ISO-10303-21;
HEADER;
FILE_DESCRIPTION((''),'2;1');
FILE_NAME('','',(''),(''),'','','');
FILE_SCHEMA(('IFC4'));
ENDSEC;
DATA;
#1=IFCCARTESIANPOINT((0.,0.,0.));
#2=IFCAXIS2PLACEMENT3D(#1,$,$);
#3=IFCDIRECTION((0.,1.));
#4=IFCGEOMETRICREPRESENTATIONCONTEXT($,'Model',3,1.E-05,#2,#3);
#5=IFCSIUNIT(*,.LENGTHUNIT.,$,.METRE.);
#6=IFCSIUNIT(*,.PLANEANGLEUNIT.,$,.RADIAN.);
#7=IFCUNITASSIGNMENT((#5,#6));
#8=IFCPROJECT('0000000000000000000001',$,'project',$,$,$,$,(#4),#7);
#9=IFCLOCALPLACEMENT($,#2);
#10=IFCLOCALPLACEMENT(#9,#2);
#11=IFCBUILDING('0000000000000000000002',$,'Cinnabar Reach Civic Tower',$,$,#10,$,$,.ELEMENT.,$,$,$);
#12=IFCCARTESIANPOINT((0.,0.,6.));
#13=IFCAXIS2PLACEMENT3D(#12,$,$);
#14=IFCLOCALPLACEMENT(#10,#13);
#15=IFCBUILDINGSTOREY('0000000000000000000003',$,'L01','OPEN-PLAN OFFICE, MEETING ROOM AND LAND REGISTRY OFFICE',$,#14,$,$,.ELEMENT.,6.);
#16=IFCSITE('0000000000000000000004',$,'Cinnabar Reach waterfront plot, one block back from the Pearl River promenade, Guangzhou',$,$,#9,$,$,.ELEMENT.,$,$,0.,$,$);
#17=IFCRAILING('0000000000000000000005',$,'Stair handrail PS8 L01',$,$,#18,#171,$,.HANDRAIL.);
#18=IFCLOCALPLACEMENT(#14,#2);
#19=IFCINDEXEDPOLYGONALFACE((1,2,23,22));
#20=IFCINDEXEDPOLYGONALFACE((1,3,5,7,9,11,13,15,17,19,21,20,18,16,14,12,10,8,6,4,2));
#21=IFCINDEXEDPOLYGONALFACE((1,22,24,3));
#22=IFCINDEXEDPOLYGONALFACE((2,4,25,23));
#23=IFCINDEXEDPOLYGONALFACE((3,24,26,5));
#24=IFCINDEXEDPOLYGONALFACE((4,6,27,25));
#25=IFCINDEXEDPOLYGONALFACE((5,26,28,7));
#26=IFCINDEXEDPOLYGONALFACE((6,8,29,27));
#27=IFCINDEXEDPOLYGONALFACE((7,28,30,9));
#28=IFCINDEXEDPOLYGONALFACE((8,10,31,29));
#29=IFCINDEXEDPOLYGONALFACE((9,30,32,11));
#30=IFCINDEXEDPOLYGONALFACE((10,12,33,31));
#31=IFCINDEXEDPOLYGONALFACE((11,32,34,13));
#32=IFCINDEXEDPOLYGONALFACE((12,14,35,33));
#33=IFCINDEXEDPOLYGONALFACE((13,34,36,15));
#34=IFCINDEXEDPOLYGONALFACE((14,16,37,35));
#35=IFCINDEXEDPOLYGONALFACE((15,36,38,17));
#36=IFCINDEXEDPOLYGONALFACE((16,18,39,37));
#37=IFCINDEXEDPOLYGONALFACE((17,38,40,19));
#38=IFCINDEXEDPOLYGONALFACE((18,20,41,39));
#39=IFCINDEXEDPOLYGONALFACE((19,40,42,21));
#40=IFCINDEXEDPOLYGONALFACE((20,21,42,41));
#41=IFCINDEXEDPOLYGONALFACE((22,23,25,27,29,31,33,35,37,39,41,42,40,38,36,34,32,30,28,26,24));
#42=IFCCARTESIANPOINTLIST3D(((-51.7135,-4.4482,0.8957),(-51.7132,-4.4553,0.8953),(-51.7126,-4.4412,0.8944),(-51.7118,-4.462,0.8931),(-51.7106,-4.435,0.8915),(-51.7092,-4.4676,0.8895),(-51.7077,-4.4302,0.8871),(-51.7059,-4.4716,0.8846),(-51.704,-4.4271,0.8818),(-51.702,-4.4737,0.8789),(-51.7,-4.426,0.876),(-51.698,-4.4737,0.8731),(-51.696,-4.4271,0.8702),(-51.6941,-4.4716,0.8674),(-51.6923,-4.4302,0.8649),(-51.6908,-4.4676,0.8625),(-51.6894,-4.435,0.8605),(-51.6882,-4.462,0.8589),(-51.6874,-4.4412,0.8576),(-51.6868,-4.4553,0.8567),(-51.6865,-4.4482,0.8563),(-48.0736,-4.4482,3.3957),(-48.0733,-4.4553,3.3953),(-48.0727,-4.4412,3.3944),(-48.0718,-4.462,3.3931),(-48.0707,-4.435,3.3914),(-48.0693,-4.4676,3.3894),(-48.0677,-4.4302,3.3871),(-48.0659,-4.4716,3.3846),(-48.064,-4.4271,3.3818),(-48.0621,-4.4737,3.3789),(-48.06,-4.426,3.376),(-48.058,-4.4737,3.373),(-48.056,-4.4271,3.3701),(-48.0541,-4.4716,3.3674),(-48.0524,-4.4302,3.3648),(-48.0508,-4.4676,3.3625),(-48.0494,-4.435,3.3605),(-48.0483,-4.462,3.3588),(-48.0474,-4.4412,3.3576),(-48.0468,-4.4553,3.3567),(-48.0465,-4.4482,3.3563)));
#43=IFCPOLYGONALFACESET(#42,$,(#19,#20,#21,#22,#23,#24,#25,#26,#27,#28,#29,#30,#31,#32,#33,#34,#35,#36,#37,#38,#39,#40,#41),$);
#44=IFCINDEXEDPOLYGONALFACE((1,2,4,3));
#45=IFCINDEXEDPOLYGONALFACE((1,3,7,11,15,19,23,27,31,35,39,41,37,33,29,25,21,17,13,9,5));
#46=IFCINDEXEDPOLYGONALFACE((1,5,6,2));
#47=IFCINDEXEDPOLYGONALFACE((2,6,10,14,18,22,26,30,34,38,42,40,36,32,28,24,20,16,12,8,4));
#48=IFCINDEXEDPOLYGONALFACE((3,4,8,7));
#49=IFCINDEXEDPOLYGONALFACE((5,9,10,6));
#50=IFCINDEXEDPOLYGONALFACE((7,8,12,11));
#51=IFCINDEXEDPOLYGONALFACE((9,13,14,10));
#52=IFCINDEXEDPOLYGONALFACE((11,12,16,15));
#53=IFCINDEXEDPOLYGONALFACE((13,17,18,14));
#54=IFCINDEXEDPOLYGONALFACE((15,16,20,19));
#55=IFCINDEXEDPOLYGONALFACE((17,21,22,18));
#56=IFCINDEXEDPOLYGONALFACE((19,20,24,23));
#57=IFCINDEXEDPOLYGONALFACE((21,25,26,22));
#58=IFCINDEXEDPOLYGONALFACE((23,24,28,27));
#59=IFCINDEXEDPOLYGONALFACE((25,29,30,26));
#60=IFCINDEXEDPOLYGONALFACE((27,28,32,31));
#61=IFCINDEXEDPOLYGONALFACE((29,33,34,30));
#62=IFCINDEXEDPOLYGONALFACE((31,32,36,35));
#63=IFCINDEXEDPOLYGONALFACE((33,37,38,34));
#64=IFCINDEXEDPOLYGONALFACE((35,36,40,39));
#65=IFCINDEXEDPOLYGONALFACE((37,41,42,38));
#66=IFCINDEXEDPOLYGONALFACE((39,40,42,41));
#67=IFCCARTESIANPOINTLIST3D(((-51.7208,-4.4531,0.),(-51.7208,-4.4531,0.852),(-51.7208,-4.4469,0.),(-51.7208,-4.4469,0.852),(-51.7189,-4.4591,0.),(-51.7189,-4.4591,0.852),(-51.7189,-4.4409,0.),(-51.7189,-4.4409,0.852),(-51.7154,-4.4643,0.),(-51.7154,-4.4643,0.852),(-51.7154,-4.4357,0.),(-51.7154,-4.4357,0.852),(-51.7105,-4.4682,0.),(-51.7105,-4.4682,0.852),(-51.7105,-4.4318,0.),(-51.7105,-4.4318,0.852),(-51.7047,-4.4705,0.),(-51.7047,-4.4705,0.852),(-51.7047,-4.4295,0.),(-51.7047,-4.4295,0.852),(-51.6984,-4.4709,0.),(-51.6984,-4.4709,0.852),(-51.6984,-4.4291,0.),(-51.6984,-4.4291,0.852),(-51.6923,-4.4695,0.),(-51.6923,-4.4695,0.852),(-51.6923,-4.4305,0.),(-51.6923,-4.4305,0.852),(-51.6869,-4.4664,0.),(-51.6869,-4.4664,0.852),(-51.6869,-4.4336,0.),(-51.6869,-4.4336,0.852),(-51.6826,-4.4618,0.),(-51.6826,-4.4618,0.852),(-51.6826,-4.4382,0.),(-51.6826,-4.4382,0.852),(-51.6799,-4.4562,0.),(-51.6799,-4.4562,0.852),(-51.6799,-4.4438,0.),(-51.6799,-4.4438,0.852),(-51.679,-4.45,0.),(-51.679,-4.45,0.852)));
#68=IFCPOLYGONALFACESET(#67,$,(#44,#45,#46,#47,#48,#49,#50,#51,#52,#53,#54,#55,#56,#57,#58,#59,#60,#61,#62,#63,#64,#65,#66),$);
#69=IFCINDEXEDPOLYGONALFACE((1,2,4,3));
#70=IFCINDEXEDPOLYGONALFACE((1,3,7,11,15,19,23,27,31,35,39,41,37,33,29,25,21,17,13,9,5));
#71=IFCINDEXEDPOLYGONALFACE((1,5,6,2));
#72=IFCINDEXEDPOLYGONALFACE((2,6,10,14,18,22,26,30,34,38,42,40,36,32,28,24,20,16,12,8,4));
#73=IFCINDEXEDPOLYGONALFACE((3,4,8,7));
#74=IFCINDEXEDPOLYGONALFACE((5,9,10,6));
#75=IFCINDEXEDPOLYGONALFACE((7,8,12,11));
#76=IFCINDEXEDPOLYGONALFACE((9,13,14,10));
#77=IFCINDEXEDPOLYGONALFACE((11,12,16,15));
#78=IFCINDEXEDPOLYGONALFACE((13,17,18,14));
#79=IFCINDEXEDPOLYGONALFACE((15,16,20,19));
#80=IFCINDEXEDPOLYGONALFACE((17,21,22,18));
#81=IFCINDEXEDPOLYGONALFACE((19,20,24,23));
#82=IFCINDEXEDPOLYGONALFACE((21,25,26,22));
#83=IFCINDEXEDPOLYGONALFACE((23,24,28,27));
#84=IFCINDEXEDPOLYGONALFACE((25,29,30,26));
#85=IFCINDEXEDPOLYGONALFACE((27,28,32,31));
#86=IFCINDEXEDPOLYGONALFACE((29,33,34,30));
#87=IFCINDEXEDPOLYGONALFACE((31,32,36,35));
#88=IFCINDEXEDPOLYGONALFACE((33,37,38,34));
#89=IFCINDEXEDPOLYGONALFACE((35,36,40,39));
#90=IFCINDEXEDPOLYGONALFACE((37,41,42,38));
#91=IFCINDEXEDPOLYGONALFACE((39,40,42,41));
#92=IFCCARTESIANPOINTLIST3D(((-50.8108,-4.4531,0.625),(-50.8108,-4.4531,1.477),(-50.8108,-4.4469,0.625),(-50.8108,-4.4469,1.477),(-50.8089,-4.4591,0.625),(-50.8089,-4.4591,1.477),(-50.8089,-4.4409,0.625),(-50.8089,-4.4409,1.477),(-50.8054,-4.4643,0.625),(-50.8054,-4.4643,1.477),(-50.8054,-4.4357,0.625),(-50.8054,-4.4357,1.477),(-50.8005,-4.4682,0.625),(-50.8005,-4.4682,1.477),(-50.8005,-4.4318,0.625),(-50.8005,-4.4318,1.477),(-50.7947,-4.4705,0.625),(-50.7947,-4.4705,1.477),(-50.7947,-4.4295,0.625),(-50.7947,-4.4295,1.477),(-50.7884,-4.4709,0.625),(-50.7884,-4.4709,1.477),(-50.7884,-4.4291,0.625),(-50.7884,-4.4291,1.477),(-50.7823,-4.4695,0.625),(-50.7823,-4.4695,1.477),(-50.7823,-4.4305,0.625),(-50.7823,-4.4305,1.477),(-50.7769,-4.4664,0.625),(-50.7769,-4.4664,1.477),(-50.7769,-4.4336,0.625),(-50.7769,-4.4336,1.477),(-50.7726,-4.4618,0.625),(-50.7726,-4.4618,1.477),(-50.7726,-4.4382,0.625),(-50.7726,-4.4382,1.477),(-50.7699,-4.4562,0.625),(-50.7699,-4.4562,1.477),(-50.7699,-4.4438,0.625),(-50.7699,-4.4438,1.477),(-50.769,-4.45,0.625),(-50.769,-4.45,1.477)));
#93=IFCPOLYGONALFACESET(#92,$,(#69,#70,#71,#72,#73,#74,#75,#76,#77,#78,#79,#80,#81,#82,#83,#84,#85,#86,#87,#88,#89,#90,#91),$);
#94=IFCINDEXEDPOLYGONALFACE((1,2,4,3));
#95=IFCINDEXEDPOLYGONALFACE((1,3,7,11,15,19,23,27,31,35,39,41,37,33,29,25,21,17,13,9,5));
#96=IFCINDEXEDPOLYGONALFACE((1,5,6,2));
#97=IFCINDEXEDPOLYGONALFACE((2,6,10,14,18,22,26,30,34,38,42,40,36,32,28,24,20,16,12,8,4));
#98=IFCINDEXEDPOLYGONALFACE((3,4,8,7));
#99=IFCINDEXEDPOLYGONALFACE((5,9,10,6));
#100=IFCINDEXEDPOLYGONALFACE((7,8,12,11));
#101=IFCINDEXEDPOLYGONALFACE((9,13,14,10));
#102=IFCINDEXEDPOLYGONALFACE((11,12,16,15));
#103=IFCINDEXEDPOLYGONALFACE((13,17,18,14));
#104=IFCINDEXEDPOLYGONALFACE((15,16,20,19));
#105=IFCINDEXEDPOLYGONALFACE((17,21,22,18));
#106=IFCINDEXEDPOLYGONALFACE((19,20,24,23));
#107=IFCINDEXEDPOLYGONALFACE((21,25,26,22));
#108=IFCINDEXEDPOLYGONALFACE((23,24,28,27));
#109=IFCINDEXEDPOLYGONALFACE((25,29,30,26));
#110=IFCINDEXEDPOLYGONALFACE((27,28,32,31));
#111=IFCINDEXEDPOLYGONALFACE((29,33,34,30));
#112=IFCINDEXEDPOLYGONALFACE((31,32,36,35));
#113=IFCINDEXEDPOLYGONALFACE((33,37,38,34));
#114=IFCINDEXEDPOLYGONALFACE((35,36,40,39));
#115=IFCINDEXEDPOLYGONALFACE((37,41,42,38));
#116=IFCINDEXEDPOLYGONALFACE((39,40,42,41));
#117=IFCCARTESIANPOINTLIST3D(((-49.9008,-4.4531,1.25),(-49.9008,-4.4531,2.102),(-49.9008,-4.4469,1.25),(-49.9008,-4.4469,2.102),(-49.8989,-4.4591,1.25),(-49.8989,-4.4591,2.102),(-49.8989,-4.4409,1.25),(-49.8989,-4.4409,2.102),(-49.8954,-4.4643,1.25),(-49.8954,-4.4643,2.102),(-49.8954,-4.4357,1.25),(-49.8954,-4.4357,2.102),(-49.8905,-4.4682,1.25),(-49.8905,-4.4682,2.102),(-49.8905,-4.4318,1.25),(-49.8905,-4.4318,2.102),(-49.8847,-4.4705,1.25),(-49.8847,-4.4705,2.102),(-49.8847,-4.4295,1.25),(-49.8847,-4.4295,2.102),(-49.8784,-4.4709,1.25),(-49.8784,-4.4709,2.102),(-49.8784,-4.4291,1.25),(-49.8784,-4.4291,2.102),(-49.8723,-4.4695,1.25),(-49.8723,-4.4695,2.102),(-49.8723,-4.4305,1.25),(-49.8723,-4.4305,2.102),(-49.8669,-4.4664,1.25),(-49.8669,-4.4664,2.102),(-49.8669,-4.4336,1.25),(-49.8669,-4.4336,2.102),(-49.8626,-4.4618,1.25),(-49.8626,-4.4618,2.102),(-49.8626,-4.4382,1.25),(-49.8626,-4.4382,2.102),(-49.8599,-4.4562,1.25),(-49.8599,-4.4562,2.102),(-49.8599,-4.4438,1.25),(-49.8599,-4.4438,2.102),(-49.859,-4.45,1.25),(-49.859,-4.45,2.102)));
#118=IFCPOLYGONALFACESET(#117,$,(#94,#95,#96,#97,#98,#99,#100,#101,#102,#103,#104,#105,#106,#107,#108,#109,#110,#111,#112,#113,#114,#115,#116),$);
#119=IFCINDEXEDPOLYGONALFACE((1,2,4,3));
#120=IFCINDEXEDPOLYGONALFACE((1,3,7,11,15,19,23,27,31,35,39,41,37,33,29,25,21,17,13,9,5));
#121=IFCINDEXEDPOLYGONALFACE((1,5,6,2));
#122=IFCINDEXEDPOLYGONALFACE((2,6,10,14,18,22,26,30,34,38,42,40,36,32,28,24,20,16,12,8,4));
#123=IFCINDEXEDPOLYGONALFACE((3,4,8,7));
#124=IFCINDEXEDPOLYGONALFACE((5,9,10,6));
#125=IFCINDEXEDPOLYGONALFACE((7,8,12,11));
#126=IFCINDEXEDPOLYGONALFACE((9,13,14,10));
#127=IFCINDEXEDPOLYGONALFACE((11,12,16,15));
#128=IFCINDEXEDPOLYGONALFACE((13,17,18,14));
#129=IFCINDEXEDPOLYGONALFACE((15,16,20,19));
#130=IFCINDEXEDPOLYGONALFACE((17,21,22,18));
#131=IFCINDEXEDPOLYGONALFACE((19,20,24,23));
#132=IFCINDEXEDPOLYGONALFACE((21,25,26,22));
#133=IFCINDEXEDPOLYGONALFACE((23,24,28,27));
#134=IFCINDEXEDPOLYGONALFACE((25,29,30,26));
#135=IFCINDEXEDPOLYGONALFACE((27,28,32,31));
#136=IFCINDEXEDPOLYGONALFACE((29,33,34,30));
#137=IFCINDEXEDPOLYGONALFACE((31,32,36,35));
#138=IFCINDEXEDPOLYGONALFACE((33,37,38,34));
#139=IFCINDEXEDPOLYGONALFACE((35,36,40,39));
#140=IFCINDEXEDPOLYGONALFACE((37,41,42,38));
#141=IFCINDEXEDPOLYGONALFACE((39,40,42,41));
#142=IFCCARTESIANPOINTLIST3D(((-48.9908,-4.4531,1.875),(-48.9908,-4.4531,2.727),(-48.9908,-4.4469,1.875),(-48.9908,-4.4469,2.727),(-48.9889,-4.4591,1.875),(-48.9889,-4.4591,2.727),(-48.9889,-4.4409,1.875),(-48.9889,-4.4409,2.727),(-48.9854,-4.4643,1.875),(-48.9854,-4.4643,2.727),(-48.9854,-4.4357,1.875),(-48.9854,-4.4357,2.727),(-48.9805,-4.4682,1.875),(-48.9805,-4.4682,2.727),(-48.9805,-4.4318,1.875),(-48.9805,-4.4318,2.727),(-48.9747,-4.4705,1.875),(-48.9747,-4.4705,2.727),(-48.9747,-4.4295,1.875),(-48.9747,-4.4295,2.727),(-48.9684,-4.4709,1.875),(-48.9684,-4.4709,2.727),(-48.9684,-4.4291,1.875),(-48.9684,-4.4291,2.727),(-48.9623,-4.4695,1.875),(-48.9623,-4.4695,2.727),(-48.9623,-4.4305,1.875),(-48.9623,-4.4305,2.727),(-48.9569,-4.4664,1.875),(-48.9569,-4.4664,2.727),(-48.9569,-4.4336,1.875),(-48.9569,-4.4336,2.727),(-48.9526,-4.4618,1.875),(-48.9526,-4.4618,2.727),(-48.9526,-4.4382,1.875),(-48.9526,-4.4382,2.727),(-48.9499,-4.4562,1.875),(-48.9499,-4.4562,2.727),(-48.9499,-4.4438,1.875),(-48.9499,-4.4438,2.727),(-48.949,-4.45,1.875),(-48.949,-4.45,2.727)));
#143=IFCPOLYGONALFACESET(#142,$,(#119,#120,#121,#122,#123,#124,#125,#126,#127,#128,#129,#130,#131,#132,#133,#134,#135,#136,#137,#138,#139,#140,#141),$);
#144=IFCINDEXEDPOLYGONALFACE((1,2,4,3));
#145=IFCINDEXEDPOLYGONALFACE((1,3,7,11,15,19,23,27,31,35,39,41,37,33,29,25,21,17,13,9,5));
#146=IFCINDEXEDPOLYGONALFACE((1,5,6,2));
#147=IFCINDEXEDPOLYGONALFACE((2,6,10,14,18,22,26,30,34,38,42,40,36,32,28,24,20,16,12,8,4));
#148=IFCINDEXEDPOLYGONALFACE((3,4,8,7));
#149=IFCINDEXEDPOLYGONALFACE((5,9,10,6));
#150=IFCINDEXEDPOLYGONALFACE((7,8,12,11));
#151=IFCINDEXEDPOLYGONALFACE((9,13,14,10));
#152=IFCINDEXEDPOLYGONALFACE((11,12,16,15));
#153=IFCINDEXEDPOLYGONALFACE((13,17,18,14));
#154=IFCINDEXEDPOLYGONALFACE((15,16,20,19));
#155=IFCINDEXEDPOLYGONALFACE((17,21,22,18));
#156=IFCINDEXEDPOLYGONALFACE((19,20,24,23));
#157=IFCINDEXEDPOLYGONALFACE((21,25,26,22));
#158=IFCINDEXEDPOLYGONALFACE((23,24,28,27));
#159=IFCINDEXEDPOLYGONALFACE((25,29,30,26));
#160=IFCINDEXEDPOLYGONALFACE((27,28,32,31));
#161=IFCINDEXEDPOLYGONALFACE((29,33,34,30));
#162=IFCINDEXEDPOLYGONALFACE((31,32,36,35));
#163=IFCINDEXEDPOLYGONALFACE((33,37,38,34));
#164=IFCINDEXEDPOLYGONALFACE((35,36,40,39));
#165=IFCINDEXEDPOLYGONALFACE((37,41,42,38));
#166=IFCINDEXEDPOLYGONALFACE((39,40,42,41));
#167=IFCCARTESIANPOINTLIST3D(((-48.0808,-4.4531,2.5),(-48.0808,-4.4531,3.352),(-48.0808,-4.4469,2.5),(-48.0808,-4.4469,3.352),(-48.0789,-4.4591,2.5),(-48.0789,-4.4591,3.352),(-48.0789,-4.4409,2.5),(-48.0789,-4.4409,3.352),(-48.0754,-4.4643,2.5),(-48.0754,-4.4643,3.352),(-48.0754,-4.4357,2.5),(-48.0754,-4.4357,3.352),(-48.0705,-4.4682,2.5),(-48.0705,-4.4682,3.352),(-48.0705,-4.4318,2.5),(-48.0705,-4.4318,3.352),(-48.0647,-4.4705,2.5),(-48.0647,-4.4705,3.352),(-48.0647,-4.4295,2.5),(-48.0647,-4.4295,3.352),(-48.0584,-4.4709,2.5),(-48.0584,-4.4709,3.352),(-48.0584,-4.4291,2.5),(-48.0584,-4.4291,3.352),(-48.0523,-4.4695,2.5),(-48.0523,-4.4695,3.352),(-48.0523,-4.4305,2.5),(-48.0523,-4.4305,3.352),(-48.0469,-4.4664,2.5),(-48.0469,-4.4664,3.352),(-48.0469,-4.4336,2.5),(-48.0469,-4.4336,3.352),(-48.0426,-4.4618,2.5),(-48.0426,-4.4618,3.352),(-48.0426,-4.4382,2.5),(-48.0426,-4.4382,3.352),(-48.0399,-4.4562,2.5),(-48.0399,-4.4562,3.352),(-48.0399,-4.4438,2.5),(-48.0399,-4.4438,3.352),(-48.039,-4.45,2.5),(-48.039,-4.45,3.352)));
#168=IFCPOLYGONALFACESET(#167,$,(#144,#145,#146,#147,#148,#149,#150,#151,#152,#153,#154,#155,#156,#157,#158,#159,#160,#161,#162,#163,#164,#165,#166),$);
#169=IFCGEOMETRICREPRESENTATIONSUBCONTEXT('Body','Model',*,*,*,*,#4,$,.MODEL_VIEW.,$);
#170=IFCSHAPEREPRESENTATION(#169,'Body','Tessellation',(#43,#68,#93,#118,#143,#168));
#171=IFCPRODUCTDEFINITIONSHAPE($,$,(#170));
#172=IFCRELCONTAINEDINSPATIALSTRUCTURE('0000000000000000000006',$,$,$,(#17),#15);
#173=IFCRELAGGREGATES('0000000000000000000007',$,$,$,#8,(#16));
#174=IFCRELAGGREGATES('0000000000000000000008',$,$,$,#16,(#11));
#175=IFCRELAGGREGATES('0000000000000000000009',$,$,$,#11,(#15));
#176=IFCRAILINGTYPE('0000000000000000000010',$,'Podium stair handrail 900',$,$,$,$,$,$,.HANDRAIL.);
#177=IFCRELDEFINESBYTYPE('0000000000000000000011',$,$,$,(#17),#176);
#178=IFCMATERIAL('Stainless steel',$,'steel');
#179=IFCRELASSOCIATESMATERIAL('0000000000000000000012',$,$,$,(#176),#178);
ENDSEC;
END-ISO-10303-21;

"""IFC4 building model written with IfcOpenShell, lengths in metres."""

from ifc_helpers import new_model, si_unit, direction, frame, origin, origin_2d, place, context, subcontext, project, spatial, circle, extrude, material, type_object, element, save


model = new_model("IFC4")

# Units and contexts
model_context = context("Model", 3, precision=1e-05, world=origin(), true_north=direction((0.0, 1.0)))
body_context = subcontext(model_context, "Body", "Model", "MODEL_VIEW")
ifc_project = project(units=[si_unit("LENGTHUNIT", "METRE"), si_unit("PLANEANGLEUNIT", "RADIAN")], contexts=[model_context])

# Site, building, storey
site_placement = place(None, origin())
site = spatial("IfcSite", under=ifc_project, at=site_placement, Name="Cinnabar Reach waterfront plot, one block back from the Pearl River promenade, Guangzhou", CompositionType="ELEMENT", RefElevation=0.0)
building_placement = place(site_placement, origin())
building = spatial("IfcBuilding", under=site, at=building_placement, Name="Cinnabar Reach Civic Tower", CompositionType="ELEMENT")
storey_placement = place(building_placement, frame((0.0, 0.0, 6.0)))
storey = spatial("IfcBuildingStorey", under=building, at=storey_placement, Name="L01", Description="OPEN-PLAN OFFICE, MEETING ROOM AND LAND REGISTRY OFFICE", CompositionType="ELEMENT", Elevation=6.0)

# Railing
ifc_material_1 = material(Name="Stainless steel", Category="steel")
railing_type_1 = type_object("IfcRailingType", Name="Podium stair handrail 900", PredefinedType="HANDRAIL", material=ifc_material_1)
railing_1_placement = place(storey_placement, frame((-51.7, -4.45, 0.0)))
element("IfcRailing", 1, at=railing_1_placement, inside=storey, type_object=railing_type_1, Name="Stair handrail PS8 L01", PredefinedType="HANDRAIL", context=body_context, shape_type="SweptSolid", body=[
    extrude(circle(Radius=0.024, at=origin_2d()), frame((0.0, 0.0, 0.876), z_axis=(0.824306, 0.0, 0.566144), x_axis=(0.0, 1.0, 0.0)), (0.0, 0.0, 1.0), 4.4158),
    extrude(circle(Radius=0.021, at=origin_2d()), origin(), (0.0, 0.0, 1.0), 0.852),
    extrude(circle(Radius=0.021, at=origin_2d()), frame((0.91, 0.0, 0.625)), (0.0, 0.0, 1.0), 0.852),
    extrude(circle(Radius=0.021, at=origin_2d()), frame((1.82, 0.0, 1.25)), (0.0, 0.0, 1.0), 0.852),
    extrude(circle(Radius=0.021, at=origin_2d()), frame((2.73, 0.0, 1.875)), (0.0, 0.0, 1.0), 0.852),
    extrude(circle(Radius=0.021, at=origin_2d()), frame((3.64, 0.0, 2.5)), (0.0, 0.0, 1.0), 0.852),
])

save(model, "model.ifc")
